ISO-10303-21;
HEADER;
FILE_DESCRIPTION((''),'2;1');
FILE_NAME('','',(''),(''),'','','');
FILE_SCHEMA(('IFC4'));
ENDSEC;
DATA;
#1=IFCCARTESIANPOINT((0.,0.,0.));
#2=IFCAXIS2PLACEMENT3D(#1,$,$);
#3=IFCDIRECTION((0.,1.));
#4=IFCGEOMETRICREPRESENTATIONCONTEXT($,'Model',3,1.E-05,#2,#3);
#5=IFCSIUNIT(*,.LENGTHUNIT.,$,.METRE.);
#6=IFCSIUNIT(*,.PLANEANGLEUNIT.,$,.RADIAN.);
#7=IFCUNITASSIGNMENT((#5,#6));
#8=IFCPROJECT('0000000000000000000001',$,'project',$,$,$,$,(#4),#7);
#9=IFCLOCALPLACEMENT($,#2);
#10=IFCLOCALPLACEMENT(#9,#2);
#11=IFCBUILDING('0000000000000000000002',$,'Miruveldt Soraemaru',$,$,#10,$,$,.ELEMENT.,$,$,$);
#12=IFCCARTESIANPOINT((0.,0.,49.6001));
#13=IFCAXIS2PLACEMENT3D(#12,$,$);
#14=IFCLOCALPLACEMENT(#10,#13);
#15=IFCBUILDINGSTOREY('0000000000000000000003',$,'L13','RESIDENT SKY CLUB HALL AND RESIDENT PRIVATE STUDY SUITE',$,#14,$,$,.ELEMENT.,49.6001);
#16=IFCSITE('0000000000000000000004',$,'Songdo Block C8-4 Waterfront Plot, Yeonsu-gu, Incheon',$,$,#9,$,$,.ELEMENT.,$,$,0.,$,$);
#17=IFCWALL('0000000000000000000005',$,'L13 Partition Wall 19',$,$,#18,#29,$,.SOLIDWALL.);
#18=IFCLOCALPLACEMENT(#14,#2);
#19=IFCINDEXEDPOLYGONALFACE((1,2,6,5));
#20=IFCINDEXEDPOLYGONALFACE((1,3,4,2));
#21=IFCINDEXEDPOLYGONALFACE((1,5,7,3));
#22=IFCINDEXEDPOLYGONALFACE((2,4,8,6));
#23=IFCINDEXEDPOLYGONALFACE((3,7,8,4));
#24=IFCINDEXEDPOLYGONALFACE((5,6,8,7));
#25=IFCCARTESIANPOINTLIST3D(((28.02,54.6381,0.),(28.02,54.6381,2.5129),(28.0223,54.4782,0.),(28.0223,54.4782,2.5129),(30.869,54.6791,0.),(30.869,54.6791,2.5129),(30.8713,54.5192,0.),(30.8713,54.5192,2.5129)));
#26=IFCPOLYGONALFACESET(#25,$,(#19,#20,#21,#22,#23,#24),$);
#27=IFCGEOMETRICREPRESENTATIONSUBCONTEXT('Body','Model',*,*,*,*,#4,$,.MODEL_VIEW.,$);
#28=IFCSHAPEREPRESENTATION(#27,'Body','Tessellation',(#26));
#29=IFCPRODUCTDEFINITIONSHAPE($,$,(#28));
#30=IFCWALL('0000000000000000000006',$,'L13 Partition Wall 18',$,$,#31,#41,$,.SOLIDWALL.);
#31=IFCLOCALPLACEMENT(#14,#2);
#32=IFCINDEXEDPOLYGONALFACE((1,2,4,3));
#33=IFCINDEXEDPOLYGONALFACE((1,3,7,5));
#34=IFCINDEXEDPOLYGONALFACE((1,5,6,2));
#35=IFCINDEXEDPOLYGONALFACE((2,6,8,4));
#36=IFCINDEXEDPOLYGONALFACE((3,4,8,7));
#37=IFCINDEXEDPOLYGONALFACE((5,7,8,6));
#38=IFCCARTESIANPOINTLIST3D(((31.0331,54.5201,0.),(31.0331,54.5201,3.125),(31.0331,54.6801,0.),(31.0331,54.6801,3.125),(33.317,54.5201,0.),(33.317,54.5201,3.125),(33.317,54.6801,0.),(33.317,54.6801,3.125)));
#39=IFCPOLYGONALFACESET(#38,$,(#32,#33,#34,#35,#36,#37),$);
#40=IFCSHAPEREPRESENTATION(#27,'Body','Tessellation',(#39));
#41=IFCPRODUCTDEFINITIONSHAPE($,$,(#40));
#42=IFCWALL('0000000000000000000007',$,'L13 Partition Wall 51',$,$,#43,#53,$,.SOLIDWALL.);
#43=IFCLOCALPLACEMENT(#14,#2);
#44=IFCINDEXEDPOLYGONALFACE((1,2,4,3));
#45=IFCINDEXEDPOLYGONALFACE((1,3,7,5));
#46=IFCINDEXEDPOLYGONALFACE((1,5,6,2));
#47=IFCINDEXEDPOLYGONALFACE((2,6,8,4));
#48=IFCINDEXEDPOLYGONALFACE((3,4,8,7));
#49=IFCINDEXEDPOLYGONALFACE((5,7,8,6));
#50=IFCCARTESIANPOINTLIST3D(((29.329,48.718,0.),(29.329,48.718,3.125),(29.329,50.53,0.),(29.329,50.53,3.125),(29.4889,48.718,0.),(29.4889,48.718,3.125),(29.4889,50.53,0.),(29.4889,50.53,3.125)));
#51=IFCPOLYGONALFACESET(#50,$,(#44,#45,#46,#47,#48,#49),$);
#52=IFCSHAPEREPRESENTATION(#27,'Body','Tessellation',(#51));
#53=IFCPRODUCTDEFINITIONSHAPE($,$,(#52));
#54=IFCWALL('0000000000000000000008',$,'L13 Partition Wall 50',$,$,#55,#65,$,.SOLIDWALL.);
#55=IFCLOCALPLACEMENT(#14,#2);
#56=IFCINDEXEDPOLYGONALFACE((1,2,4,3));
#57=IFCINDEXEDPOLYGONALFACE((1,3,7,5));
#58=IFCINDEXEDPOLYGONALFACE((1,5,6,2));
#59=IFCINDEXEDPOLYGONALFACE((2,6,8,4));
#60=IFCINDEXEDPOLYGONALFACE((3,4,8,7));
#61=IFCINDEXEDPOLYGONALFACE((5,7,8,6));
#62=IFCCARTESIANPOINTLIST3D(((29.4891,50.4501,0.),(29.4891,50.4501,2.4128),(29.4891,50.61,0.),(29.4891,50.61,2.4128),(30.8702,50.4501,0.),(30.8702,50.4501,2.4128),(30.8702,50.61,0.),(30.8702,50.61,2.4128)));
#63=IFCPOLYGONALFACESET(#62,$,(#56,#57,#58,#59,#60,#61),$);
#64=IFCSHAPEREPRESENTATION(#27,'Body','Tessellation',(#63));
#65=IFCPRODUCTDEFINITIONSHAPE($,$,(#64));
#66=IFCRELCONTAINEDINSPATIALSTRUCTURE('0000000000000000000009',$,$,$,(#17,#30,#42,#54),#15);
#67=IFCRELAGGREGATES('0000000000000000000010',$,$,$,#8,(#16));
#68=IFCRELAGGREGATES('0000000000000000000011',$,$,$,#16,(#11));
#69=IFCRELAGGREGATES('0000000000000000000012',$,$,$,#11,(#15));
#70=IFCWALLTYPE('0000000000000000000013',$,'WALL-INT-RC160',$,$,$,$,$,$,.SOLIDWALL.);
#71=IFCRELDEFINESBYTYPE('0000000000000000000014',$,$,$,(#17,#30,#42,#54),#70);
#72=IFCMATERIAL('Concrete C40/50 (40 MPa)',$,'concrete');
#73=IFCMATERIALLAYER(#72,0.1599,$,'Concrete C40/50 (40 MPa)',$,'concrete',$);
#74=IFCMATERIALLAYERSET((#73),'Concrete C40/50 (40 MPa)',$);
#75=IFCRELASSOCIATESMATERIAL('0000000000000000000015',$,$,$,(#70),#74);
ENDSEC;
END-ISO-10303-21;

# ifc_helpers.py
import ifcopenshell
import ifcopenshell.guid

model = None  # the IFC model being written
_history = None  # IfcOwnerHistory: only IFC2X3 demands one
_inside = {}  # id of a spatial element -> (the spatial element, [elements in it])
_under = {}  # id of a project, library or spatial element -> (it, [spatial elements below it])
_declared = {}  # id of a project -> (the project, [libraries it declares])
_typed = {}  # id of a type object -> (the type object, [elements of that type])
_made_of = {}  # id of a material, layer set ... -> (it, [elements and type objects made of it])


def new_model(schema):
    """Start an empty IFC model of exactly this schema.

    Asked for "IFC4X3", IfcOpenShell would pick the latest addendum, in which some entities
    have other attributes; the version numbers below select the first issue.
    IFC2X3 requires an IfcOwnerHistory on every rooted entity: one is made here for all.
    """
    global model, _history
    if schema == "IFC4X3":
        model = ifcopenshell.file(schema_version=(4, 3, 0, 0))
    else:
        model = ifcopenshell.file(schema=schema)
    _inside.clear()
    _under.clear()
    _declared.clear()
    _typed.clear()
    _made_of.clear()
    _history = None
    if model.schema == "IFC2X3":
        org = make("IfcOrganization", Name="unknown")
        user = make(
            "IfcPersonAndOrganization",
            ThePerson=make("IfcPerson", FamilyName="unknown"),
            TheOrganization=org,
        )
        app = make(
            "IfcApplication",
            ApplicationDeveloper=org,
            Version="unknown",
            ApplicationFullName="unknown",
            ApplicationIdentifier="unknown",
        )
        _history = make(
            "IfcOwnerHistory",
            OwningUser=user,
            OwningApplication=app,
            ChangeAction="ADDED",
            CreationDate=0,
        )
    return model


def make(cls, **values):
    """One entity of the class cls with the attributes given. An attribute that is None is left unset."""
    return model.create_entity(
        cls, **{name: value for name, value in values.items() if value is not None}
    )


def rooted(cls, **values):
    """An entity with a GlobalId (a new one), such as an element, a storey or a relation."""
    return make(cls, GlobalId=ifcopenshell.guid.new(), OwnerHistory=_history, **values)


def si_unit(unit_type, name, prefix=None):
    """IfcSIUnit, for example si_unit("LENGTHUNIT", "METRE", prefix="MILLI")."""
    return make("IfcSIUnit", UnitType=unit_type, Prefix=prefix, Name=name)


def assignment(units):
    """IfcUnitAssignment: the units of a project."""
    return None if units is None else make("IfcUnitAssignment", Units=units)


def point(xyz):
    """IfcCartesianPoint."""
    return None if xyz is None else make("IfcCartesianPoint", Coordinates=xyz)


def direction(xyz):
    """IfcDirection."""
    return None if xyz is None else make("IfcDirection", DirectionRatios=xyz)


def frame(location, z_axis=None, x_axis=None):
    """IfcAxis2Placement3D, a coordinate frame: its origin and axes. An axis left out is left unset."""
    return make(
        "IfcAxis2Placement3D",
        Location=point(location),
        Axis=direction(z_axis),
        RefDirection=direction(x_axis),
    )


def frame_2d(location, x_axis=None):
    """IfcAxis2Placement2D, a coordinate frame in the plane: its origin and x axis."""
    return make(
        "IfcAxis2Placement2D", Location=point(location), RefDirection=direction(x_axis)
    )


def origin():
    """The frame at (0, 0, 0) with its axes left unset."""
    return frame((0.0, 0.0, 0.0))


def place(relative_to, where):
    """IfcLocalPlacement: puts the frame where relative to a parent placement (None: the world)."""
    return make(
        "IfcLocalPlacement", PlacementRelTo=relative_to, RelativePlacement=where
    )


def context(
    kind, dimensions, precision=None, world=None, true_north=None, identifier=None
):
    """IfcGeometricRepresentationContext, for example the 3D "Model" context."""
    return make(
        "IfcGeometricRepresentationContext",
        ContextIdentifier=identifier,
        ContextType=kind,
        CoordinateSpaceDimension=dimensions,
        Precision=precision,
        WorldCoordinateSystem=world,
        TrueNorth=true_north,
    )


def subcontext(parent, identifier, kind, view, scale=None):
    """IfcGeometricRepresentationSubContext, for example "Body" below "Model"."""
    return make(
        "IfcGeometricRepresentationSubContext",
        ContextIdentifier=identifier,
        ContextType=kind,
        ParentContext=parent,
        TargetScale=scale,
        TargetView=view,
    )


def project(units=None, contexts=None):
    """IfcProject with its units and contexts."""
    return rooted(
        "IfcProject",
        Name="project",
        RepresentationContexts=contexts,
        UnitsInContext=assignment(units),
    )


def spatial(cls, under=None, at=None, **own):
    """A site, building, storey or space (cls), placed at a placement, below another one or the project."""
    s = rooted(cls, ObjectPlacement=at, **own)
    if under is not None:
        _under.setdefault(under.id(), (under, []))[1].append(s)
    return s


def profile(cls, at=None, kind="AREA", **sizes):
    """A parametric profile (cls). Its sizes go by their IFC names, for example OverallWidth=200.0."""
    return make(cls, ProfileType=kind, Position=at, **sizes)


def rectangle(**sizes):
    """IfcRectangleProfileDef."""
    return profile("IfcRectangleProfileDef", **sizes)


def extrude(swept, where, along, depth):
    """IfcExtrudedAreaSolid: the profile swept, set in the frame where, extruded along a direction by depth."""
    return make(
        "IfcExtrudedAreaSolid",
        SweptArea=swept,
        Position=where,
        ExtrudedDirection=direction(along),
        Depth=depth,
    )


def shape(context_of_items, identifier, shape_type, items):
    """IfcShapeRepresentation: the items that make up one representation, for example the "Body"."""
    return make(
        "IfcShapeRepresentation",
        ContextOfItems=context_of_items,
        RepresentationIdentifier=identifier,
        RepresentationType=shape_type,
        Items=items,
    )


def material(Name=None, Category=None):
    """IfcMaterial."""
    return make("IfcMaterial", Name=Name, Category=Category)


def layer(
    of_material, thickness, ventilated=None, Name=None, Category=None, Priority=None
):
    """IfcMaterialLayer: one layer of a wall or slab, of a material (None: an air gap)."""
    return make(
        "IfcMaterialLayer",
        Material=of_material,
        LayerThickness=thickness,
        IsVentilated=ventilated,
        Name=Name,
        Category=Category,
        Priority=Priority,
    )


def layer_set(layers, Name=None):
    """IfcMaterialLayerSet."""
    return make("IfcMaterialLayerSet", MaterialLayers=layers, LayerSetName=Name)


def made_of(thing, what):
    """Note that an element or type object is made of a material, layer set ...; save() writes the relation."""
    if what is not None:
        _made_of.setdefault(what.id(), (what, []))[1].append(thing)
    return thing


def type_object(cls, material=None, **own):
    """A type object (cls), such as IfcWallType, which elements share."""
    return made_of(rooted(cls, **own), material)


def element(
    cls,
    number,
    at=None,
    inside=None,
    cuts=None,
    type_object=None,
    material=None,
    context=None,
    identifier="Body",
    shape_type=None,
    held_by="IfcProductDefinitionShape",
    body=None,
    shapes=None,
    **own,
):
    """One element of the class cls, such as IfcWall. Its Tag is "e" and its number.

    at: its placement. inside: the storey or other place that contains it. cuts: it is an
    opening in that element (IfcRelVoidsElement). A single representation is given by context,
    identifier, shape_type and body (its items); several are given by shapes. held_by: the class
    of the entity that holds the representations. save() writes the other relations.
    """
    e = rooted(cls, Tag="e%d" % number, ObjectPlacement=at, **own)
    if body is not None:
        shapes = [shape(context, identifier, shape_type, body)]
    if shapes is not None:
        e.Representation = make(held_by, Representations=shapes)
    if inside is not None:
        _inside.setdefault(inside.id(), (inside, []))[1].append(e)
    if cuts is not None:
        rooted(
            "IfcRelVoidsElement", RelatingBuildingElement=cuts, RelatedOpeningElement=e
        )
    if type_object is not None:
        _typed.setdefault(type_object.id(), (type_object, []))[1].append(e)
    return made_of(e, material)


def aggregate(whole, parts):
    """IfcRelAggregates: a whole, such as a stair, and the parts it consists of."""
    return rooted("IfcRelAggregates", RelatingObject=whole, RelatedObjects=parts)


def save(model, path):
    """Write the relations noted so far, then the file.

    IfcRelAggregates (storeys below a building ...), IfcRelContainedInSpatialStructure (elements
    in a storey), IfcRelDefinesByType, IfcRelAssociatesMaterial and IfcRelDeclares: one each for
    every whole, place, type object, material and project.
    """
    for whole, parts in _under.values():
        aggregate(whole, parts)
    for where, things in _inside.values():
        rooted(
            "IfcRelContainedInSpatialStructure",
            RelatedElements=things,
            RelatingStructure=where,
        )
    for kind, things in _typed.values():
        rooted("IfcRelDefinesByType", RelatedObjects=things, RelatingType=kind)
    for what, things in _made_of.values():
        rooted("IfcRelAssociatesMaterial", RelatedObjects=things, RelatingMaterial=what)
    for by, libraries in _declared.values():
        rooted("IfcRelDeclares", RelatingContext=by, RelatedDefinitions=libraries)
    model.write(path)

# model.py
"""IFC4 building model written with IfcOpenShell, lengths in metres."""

from ifc_helpers import new_model, si_unit, direction, frame, frame_2d, origin, place, context, subcontext, project, spatial, rectangle, extrude, material, layer, layer_set, type_object, element, save


model = new_model("IFC4")

# Units and contexts
model_context = context("Model", 3, precision=1e-05, world=origin(), true_north=direction((0.0, 1.0)))
body_context = subcontext(model_context, "Body", "Model", "MODEL_VIEW")
ifc_project = project(units=[si_unit("LENGTHUNIT", "METRE"), si_unit("PLANEANGLEUNIT", "RADIAN")], contexts=[model_context])

# Site, building, storey
site_placement = place(None, origin())
site = spatial("IfcSite", under=ifc_project, at=site_placement, Name="Songdo Block C8-4 Waterfront Plot, Yeonsu-gu, Incheon", CompositionType="ELEMENT", RefElevation=0.0)
building_placement = place(site_placement, origin())
building = spatial("IfcBuilding", under=site, at=building_placement, Name="Miruveldt Soraemaru", CompositionType="ELEMENT")
storey_placement = place(building_placement, frame((0.0, 0.0, 49.6001)))
storey = spatial("IfcBuildingStorey", under=building, at=storey_placement, Name="L13", Description="RESIDENT SKY CLUB HALL AND RESIDENT PRIVATE STUDY SUITE", CompositionType="ELEMENT", Elevation=49.6001)

# Shared definitions
ifc_material_1 = material(Name="Concrete C40/50 (40 MPa)", Category="concrete")

# Shared definitions
ifc_layer_1 = layer(ifc_material_1, 0.1599, Name="Concrete C40/50 (40 MPa)", Category="concrete")
ifc_layer_set_1 = layer_set([ifc_layer_1], Name="Concrete C40/50 (40 MPa)")
wall_type_1 = type_object("IfcWallType", Name="WALL-INT-RC160", PredefinedType="SOLIDWALL", material=ifc_layer_set_1)

# Walls
wall_1_placement = place(storey_placement, frame((28.021, 54.5581, 0.0), z_axis=(0.0, 0.0, 1.0), x_axis=(0.999896, 0.014394, 0.0)))
element("IfcWall", 1, at=wall_1_placement, inside=storey, type_object=wall_type_1, Name="L13 Partition Wall 19", PredefinedType="SOLIDWALL", context=body_context, shape_type="SweptSolid", body=[
    extrude(rectangle(XDim=2.8494, YDim=0.1599, at=frame_2d((1.4248, 0.0))), origin(), (0.0, 0.0, 1.0), 2.5129),
])
wall_2_placement = place(storey_placement, frame((31.033, 54.6001, 0.0), z_axis=(0.0, 0.0, 1.0), x_axis=(1.0, 0.0, 0.0)))
element("IfcWall", 2, at=wall_2_placement, inside=storey, type_object=wall_type_1, Name="L13 Partition Wall 18", PredefinedType="SOLIDWALL", context=body_context, shape_type="SweptSolid", body=[
    extrude(rectangle(XDim=2.2839, YDim=0.1599, at=frame_2d((1.1421, 0.0))), origin(), (0.0, 0.0, 1.0), 3.125),
])
wall_3_placement = place(storey_placement, frame((29.4089, 50.53, 0.0), z_axis=(0.0, 0.0, 1.0), x_axis=(0.0, -1.0, 0.0)))
element("IfcWall", 3, at=wall_3_placement, inside=storey, type_object=wall_type_1, Name="L13 Partition Wall 51", PredefinedType="SOLIDWALL", context=body_context, shape_type="SweptSolid", body=[
    extrude(rectangle(XDim=1.812, YDim=0.1599, at=frame_2d((0.906, 0.0))), origin(), (0.0, 0.0, 1.0), 3.125),
])
wall_4_placement = place(storey_placement, frame((30.8701, 50.53, 0.0), z_axis=(0.0, 0.0, 1.0), x_axis=(-1.0, 0.0, 0.0)))
element("IfcWall", 4, at=wall_4_placement, inside=storey, type_object=wall_type_1, Name="L13 Partition Wall 50", PredefinedType="SOLIDWALL", context=body_context, shape_type="SweptSolid", body=[
    extrude(rectangle(XDim=1.3811, YDim=0.1599, at=frame_2d((0.6904, 0.0))), origin(), (0.0, 0.0, 1.0), 2.4128),
])

save(model, "model.ifc")
